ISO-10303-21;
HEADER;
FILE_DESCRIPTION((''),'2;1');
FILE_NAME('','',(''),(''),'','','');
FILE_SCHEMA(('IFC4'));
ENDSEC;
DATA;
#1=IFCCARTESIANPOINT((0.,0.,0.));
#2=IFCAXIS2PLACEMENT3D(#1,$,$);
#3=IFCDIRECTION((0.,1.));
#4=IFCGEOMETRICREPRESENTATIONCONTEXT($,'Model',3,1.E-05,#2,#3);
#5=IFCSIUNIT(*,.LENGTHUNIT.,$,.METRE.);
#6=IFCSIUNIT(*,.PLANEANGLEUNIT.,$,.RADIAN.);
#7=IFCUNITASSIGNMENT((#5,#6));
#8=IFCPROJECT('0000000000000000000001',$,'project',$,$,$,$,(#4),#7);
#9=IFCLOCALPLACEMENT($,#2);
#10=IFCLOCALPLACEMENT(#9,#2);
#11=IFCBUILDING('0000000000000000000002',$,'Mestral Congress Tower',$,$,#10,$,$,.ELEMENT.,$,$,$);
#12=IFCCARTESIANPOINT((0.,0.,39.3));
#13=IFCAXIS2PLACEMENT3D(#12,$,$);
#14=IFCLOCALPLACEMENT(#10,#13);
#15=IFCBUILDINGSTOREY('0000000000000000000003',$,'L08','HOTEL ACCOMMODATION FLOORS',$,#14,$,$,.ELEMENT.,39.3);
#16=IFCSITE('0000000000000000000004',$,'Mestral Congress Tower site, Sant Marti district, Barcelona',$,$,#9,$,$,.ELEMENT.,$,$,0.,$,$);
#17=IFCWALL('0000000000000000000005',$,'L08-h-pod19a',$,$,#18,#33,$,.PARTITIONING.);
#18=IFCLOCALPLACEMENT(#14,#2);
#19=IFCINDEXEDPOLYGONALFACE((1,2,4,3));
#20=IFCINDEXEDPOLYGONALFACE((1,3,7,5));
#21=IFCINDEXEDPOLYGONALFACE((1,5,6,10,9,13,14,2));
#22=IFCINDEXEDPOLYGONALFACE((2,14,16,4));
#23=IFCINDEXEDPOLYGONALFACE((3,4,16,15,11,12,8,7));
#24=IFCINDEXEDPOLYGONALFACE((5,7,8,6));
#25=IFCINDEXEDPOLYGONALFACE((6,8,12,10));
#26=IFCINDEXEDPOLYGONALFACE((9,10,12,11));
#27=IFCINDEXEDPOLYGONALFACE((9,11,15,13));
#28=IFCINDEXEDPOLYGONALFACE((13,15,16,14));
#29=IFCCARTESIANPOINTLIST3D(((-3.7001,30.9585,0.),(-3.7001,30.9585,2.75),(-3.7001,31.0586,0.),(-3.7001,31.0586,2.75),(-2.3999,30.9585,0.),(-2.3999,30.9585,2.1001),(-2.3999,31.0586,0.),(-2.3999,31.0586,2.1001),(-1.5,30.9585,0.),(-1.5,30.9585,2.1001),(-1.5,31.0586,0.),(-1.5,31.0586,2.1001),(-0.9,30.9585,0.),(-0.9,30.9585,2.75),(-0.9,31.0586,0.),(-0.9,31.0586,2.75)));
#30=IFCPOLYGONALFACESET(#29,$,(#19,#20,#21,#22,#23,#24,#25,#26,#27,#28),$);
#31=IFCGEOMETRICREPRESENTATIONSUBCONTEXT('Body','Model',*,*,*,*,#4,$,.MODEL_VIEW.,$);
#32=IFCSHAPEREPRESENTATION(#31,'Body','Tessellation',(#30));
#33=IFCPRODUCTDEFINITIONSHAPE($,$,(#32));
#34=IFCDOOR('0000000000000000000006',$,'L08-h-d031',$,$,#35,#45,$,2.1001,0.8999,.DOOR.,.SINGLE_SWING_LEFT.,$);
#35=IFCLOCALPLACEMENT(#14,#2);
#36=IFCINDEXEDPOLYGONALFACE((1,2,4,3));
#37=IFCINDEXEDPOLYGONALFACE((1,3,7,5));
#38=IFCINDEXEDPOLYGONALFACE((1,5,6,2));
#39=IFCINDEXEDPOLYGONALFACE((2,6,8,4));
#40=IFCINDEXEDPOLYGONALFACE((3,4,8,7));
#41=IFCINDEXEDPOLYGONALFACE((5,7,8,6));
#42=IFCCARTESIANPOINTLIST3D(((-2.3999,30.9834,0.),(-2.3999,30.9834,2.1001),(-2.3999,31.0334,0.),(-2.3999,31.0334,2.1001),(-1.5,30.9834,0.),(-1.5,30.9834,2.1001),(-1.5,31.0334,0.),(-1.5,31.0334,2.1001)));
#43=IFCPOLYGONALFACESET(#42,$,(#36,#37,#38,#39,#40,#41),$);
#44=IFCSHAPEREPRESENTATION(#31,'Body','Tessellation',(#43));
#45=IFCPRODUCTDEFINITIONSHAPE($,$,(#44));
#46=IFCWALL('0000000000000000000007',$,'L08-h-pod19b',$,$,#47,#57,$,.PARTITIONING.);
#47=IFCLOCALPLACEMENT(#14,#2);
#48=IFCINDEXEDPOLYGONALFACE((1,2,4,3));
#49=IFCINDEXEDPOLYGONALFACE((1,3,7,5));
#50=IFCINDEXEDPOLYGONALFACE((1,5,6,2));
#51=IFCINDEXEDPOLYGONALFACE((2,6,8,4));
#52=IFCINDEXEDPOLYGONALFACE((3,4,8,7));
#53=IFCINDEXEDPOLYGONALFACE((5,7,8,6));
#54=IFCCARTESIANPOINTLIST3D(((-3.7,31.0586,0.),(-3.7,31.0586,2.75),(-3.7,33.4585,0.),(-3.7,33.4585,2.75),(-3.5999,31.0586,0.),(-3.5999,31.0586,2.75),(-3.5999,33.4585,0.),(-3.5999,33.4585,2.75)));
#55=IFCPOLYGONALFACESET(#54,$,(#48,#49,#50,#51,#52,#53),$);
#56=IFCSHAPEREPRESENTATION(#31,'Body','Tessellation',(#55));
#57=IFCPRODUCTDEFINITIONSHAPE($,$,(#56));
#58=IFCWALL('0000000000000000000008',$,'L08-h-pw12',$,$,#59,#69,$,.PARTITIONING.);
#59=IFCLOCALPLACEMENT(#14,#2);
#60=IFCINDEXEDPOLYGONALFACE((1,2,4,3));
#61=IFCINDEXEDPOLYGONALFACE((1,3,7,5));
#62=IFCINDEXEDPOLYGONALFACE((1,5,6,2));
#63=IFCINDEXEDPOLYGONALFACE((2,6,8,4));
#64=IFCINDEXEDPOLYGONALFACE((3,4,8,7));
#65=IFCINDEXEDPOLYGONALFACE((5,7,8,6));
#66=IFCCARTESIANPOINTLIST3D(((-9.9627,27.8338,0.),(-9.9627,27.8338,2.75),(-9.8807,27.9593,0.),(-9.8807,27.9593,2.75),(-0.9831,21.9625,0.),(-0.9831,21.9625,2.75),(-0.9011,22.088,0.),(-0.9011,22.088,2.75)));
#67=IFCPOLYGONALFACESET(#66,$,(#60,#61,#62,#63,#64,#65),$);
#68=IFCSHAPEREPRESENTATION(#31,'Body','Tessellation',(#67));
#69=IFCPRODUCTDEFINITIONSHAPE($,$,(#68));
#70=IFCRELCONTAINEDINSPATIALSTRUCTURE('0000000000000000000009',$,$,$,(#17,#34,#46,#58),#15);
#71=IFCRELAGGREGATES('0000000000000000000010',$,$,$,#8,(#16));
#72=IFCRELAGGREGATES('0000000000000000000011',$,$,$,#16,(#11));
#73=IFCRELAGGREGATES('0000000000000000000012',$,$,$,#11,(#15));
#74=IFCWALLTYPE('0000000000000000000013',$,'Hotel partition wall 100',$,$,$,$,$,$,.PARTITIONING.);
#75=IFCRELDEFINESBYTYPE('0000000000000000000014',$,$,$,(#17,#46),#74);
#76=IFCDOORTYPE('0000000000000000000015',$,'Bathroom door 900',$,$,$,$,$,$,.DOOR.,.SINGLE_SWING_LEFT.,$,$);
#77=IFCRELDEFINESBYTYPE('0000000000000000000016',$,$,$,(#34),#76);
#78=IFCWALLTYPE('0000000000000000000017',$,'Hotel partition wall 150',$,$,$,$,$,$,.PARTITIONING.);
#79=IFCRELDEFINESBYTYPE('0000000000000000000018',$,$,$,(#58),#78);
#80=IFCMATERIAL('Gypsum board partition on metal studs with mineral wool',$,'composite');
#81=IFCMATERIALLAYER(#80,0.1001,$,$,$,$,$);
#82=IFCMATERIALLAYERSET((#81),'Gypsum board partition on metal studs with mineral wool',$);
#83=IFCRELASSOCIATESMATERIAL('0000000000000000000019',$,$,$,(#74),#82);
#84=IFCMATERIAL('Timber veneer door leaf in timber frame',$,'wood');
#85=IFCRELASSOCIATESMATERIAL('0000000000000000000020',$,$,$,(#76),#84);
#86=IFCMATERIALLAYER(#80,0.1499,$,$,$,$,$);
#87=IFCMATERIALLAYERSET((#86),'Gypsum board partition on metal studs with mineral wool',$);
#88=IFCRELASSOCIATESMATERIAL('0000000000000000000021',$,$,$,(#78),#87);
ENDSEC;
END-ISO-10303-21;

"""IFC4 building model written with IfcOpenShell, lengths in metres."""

from ifc_helpers import new_model, si_unit, direction, frame, frame_2d, origin, place, context, subcontext, project, spatial, rectangle, extrude, material, layer, layer_set, type_object, element, fill, save


model = new_model("IFC4")

# Units and contexts
model_context = context("Model", 3, precision=1e-05, world=origin(), true_north=direction((0.0, 1.0)))
body_context = subcontext(model_context, "Body", "Model", "MODEL_VIEW")
ifc_project = project(units=[si_unit("LENGTHUNIT", "METRE"), si_unit("PLANEANGLEUNIT", "RADIAN")], contexts=[model_context])

# Site, building, storey
site_placement = place(None, origin())
site = spatial("IfcSite", under=ifc_project, at=site_placement, Name="Mestral Congress Tower site, Sant Marti district, Barcelona", CompositionType="ELEMENT", RefElevation=0.0)
building_placement = place(site_placement, origin())
building = spatial("IfcBuilding", under=site, at=building_placement, Name="Mestral Congress Tower", CompositionType="ELEMENT")
storey_placement = place(building_placement, frame((0.0, 0.0, 39.3)))
storey = spatial("IfcBuildingStorey", under=building, at=storey_placement, Name="L08", Description="HOTEL ACCOMMODATION FLOORS", CompositionType="ELEMENT", Elevation=39.3)

# Wall, opening, door
ifc_material_1 = material(Name="Gypsum board partition on metal studs with mineral wool", Category="composite")
ifc_layer_1 = layer(ifc_material_1, 0.1001)
ifc_layer_set_1 = layer_set([ifc_layer_1], Name="Gypsum board partition on metal studs with mineral wool")
wall_type_1 = type_object("IfcWallType", Name="Hotel partition wall 100", PredefinedType="PARTITIONING", material=ifc_layer_set_1)
wall_1_placement = place(storey_placement, frame((-3.7, 31.0085, 0.0), z_axis=(0.0, 0.0, 1.0), x_axis=(1.0, 0.0, 0.0)))
wall_1 = element("IfcWall", 1, at=wall_1_placement, inside=storey, type_object=wall_type_1, Name="L08-h-pod19a", PredefinedType="PARTITIONING", context=body_context, shape_type="SweptSolid", body=[
    extrude(rectangle(XDim=2.8, YDim=0.1001, at=frame_2d((1.3999, 0.0))), origin(), (0.0, 0.0, 1.0), 2.75),
])
opening_1_placement = place(wall_1_placement, frame((1.3, 0.0, 0.0)))
opening_1 = element("IfcOpeningElement", 2, at=opening_1_placement, cuts=wall_1, PredefinedType="OPENING", context=body_context, shape_type="SweptSolid", body=[
    extrude(rectangle(XDim=0.8999, YDim=2.1001, at=frame_2d((0.45, 1.05))), frame((0.0, 0.0601, 0.0), z_axis=(0.0, -1.0, 0.0), x_axis=(1.0, 0.0, 0.0)), (0.0, 0.0, 1.0), 0.1201),
])
ifc_material_2 = material(Name="Timber veneer door leaf in timber frame", Category="wood")
door_type = type_object("IfcDoorType", Name="Bathroom door 900", OperationType="SINGLE_SWING_LEFT", PredefinedType="DOOR", material=ifc_material_2)
door_placement = place(opening_1_placement, origin())
door = element("IfcDoor", 3, at=door_placement, inside=storey, type_object=door_type, Name="L08-h-d031", OperationType="SINGLE_SWING_LEFT", OverallHeight=2.1001, OverallWidth=0.8999, PredefinedType="DOOR", context=body_context, shape_type="SweptSolid", body=[
    extrude(rectangle(XDim=0.8999, YDim=2.1001, at=frame_2d((0.45, 1.05))), frame((0.0, 0.0249, 0.0), z_axis=(0.0, -1.0, 0.0), x_axis=(1.0, 0.0, 0.0)), (0.0, 0.0, 1.0), 0.05),
])
fill(opening_1, door)

# Walls
wall_2_placement = place(storey_placement, frame((-3.6499, 31.0586, 0.0), z_axis=(0.0, 0.0, 1.0), x_axis=(0.0, 1.0, 0.0)))
element("IfcWall", 4, at=wall_2_placement, inside=storey, type_object=wall_type_1, Name="L08-h-pod19b", PredefinedType="PARTITIONING", context=body_context, shape_type="SweptSolid", body=[
    extrude(rectangle(XDim=2.3999, YDim=0.1001, at=frame_2d((1.2, 0.0))), origin(), (0.0, 0.0, 1.0), 2.75),
])
ifc_layer_2 = layer(ifc_material_1, 0.1499)
ifc_layer_set_2 = layer_set([ifc_layer_2], Name="Gypsum board partition on metal studs with mineral wool")
wall_type_2 = type_object("IfcWallType", Name="Hotel partition wall 150", PredefinedType="PARTITIONING", material=ifc_layer_set_2)
wall_3_placement = place(storey_placement, frame((-9.9216, 27.8965, 0.0), z_axis=(0.0, 0.0, 1.0), x_axis=(0.836971, -0.547248, 0.0)))
element("IfcWall", 5, at=wall_3_placement, inside=storey, type_object=wall_type_2, Name="L08-h-pw12", PredefinedType="PARTITIONING", context=body_context, shape_type="SweptSolid", body=[
    extrude(rectangle(XDim=10.7288, YDim=0.1499, at=frame_2d((5.3643, 0.0))), origin(), (0.0, 0.0, 1.0), 2.75),
])

save(model, "model.ifc")
